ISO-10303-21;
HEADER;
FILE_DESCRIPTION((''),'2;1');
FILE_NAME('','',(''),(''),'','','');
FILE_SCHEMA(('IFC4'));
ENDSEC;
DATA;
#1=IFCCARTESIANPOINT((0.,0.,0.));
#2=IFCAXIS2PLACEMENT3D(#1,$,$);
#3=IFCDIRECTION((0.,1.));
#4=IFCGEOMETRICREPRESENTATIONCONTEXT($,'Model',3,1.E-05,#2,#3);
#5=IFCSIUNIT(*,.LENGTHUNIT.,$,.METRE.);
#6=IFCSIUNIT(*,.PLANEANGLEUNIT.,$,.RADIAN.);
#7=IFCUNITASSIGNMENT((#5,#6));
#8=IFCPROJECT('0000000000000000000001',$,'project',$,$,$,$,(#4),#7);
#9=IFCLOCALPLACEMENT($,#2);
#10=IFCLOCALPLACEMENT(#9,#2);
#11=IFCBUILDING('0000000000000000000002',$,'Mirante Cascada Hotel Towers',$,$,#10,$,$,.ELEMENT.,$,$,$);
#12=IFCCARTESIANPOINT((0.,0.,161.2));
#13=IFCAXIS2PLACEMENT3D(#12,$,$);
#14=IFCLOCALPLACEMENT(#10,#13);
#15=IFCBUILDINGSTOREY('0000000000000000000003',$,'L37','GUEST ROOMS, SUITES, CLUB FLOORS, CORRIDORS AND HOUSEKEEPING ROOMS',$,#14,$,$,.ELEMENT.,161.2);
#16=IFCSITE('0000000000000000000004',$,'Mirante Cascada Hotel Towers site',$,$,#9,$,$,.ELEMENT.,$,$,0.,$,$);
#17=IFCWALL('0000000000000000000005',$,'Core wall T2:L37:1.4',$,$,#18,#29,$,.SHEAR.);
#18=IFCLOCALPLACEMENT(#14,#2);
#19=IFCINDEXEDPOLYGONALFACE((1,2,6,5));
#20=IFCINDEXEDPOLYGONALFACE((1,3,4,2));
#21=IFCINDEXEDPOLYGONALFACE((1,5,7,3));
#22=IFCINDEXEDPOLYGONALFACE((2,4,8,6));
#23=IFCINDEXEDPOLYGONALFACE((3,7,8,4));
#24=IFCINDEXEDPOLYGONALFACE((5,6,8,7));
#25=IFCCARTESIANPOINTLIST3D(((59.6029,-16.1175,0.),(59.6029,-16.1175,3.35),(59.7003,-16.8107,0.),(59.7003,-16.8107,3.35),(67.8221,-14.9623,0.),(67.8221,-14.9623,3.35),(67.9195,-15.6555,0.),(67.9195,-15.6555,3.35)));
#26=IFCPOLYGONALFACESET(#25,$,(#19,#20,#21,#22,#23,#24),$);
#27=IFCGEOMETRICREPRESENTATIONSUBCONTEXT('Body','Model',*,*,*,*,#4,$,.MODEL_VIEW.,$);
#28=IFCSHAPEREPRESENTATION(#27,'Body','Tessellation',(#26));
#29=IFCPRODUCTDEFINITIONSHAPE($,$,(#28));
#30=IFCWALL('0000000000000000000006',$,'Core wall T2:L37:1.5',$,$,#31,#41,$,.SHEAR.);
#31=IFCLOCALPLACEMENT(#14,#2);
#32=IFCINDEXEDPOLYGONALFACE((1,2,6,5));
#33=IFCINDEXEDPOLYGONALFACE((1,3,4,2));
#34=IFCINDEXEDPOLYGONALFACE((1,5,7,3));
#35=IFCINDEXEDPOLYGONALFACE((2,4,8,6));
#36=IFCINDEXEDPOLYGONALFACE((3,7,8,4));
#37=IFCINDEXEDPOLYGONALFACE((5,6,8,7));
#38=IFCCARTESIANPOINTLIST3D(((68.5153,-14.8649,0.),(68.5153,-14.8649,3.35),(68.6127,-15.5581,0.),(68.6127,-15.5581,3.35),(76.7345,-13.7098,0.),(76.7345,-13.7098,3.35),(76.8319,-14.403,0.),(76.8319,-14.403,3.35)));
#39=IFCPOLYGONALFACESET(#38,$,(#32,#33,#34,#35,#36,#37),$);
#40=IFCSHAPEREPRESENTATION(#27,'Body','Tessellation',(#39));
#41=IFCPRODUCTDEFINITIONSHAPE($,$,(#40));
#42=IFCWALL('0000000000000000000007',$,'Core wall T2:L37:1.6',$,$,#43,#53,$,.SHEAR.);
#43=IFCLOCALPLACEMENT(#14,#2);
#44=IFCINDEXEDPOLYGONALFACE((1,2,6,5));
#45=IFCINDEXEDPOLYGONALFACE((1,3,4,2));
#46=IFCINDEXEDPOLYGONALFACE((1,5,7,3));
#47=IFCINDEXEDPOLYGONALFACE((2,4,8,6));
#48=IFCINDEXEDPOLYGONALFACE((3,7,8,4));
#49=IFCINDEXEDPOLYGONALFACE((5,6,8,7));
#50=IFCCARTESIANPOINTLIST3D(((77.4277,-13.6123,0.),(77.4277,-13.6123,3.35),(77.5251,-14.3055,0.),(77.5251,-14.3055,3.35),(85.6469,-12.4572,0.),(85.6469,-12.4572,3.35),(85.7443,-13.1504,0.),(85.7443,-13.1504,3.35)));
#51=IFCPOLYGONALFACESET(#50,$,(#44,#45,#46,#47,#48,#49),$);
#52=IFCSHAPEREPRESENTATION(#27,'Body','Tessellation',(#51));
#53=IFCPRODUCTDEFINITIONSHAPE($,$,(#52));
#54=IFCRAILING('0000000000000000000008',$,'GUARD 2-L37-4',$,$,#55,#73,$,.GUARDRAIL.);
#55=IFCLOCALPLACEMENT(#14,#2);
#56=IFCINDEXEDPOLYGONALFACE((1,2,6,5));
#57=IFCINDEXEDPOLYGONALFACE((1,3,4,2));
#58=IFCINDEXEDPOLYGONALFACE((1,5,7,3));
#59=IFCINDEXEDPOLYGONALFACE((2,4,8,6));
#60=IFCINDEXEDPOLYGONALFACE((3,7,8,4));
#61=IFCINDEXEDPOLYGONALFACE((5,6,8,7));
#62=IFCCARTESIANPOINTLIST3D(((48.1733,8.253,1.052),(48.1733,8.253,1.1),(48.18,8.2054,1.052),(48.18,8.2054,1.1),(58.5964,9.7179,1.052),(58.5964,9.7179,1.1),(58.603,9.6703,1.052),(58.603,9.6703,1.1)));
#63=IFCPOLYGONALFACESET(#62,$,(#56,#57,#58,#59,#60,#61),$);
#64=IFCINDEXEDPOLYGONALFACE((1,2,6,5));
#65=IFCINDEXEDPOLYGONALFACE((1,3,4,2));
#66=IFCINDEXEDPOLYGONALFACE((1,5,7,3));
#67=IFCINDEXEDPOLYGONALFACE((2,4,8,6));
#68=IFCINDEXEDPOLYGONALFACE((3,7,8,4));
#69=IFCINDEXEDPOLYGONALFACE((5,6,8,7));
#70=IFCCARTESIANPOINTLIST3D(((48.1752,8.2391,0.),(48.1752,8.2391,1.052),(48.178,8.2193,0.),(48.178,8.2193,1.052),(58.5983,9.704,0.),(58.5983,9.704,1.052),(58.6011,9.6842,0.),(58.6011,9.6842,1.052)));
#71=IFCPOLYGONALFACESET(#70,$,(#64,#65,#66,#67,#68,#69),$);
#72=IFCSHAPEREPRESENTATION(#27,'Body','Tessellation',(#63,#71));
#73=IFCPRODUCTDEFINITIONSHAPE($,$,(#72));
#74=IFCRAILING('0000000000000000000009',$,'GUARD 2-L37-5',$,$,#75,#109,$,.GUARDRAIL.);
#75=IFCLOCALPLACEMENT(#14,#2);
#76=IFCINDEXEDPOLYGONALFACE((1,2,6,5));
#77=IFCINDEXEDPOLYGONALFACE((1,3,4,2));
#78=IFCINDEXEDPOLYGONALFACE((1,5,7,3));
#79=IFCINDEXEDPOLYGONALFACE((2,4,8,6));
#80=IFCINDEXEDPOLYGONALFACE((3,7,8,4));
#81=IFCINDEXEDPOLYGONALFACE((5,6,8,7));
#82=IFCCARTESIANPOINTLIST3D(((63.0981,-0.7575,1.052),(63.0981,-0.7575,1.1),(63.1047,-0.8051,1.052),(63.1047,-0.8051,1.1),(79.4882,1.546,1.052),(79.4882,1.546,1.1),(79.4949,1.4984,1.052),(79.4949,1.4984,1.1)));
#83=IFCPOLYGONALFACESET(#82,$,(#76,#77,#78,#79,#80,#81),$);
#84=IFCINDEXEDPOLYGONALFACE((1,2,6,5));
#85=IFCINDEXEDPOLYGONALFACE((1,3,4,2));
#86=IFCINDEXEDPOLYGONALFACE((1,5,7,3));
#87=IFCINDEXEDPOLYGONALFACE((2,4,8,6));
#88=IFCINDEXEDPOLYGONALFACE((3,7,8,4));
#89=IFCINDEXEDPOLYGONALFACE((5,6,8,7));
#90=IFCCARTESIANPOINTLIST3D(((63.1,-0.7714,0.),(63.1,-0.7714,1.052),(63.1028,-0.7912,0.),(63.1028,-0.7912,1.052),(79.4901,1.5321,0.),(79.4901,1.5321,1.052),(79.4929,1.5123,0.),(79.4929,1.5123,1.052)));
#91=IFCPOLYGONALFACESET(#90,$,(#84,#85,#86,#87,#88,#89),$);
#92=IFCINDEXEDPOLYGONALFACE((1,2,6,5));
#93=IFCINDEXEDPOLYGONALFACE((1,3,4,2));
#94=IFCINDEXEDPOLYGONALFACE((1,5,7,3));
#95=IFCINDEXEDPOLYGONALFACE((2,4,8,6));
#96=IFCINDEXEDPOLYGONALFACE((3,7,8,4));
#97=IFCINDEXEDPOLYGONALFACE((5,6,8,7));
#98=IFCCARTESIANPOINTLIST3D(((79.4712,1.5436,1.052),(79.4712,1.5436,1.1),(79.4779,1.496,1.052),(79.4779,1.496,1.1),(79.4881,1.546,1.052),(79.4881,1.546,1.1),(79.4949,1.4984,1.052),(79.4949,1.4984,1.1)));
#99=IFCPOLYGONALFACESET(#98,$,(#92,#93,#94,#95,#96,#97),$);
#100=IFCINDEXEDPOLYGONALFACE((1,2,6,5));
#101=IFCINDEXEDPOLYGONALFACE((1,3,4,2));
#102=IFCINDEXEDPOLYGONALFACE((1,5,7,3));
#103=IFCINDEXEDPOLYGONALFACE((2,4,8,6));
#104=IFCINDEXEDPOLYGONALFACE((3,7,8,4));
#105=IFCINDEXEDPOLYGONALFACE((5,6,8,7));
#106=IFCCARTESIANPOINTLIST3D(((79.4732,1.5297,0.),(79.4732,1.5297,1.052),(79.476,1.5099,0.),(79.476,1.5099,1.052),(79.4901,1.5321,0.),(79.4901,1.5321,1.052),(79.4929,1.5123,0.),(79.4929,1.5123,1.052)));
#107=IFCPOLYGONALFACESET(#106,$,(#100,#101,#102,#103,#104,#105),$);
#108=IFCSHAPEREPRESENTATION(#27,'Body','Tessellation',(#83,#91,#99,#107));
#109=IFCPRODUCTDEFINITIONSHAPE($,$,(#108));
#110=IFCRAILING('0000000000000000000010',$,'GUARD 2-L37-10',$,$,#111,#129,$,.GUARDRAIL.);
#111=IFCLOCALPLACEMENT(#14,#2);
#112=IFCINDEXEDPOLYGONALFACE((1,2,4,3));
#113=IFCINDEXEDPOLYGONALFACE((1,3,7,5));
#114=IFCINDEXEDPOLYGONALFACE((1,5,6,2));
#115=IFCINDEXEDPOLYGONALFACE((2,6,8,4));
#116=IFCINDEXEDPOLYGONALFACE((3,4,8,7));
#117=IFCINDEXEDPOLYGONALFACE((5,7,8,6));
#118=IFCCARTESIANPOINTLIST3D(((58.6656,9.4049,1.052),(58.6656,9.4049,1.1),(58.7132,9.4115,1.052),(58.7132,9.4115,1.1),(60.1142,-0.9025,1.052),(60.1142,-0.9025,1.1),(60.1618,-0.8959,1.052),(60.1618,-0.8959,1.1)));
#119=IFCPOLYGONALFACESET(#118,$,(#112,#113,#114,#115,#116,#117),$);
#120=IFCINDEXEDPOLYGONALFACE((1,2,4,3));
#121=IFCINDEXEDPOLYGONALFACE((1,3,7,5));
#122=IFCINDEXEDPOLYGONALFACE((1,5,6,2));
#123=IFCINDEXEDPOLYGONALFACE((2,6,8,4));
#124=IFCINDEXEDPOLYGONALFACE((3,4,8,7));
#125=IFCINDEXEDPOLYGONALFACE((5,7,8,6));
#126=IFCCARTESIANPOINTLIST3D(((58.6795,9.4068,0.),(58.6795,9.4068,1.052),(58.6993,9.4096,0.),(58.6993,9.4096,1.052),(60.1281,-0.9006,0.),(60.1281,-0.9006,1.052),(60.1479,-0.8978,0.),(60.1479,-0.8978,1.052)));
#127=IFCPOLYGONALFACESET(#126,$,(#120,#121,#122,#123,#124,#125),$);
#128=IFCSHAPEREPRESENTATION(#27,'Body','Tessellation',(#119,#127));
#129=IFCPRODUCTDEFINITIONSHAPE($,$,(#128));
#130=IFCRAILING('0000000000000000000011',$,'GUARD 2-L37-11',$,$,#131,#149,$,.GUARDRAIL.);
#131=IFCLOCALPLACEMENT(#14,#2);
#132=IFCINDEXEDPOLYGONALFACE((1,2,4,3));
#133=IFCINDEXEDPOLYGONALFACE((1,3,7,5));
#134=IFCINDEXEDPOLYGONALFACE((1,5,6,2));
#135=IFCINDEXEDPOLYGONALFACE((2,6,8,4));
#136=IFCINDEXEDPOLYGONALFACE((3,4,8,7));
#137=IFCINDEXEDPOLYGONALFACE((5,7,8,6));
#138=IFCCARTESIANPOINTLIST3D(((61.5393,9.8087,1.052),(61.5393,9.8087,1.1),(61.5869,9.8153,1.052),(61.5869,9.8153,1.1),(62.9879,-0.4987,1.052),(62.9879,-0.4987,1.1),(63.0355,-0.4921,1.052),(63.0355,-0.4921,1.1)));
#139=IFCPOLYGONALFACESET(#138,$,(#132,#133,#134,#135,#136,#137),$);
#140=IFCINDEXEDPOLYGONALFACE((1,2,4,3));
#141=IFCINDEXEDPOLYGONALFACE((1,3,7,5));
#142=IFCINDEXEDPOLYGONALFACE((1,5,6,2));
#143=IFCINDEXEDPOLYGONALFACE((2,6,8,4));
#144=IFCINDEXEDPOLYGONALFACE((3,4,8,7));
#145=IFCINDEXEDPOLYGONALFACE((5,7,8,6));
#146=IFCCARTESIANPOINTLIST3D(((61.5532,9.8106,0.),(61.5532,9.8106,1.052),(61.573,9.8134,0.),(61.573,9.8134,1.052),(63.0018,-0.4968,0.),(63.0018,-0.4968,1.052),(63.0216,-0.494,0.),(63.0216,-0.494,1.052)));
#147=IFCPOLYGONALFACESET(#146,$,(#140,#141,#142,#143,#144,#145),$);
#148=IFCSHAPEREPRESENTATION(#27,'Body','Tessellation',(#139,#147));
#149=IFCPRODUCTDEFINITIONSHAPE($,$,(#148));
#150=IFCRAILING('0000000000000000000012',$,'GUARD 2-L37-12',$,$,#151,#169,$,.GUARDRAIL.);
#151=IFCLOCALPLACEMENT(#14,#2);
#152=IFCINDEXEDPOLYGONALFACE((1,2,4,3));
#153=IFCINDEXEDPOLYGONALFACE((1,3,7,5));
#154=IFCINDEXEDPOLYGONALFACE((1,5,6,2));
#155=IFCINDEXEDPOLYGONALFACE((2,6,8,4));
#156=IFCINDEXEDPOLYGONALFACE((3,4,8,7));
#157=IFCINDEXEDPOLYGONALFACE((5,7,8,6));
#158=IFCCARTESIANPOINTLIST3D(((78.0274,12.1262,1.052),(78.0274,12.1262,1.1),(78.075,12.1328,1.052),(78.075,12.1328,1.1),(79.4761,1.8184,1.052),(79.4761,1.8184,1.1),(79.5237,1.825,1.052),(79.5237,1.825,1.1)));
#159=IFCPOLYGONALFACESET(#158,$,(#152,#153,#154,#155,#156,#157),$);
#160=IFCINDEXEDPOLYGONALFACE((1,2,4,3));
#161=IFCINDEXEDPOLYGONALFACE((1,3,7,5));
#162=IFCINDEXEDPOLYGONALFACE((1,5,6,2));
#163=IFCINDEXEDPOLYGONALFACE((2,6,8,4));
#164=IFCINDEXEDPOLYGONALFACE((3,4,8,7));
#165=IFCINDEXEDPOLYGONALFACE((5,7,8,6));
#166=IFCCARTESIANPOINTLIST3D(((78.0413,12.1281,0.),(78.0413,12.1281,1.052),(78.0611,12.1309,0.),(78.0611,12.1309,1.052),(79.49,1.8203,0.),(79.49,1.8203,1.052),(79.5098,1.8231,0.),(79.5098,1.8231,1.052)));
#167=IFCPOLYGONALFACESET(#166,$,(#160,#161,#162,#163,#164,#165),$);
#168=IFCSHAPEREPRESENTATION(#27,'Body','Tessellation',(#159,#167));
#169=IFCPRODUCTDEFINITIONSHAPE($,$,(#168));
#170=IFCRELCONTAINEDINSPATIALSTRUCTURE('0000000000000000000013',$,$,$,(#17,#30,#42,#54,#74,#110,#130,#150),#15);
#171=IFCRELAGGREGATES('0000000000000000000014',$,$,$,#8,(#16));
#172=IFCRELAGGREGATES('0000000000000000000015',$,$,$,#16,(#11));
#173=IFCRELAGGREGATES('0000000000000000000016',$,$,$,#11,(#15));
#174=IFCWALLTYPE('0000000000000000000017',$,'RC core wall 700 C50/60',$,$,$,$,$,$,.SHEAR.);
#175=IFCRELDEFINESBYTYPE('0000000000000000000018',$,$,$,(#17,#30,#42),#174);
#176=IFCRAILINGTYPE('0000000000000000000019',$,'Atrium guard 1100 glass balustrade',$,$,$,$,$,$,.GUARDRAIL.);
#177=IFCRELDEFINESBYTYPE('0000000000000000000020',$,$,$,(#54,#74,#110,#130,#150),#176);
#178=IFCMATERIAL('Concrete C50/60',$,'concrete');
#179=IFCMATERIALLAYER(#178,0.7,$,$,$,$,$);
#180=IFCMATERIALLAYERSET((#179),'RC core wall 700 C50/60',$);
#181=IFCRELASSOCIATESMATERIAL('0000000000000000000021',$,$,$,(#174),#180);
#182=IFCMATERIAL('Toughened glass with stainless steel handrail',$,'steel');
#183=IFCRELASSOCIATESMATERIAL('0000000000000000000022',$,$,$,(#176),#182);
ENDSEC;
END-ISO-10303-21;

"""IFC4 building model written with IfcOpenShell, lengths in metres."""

from ifc_helpers import new_model, si_unit, direction, frame, frame_2d, origin, origin_2d, place, context, subcontext, project, spatial, rectangle, extrude, material, layer, layer_set, type_object, element, save


model = new_model("IFC4")

# Units and contexts
model_context = context("Model", 3, precision=1e-05, world=origin(), true_north=direction((0.0, 1.0)))
body_context = subcontext(model_context, "Body", "Model", "MODEL_VIEW")
ifc_project = project(units=[si_unit("LENGTHUNIT", "METRE"), si_unit("PLANEANGLEUNIT", "RADIAN")], contexts=[model_context])

# Site, building, storey
site_placement = place(None, origin())
site = spatial("IfcSite", under=ifc_project, at=site_placement, Name="Mirante Cascada Hotel Towers site", CompositionType="ELEMENT", RefElevation=0.0)
building_placement = place(site_placement, origin())
building = spatial("IfcBuilding", under=site, at=building_placement, Name="Mirante Cascada Hotel Towers", CompositionType="ELEMENT")
storey_placement = place(building_placement, frame((0.0, 0.0, 161.2)))
storey = spatial("IfcBuildingStorey", under=building, at=storey_placement, Name="L37", Description="GUEST ROOMS, SUITES, CLUB FLOORS, CORRIDORS AND HOUSEKEEPING ROOMS", CompositionType="ELEMENT", Elevation=161.2)

# Walls
ifc_material_1 = material(Name="Concrete C50/60", Category="concrete")
ifc_layer_1 = layer(ifc_material_1, 0.7)
ifc_layer_set_1 = layer_set([ifc_layer_1], Name="RC core wall 700 C50/60")
wall_type_1 = type_object("IfcWallType", Name="RC core wall 700 C50/60", PredefinedType="SHEAR", material=ifc_layer_set_1)
for number, where, z_axis, x_axis, name in (
    (1, (59.6516, -16.4641, 0.0), (0.0, 0.0, 1.0), (0.990267, 0.139181, 0.0), "Core wall T2:L37:1.4"),
    (2, (68.564, -15.2115, 0.0), (0.0, 0.0, 1.0), (0.990269, 0.139169, 0.0), "Core wall T2:L37:1.5"),
    (3, (77.4764, -13.9589, 0.0), (0.0, 0.0, 1.0), (0.990269, 0.139169, 0.0), "Core wall T2:L37:1.6"),
):
    element("IfcWall", number, at=place(storey_placement, frame(where, z_axis=z_axis, x_axis=x_axis)), inside=storey, type_object=wall_type_1, Name=name, PredefinedType="SHEAR", context=body_context, shape_type="SweptSolid", body=[
        extrude(rectangle(XDim=8.3, YDim=0.7, at=frame_2d((4.15, 0.0))), origin(), (0.0, 0.0, 1.0), 3.35),
    ])

# Railings
ifc_material_2 = material(Name="Toughened glass with stainless steel handrail", Category="steel")
railing_type = type_object("IfcRailingType", Name="Atrium guard 1100 glass balustrade", PredefinedType="GUARDRAIL", material=ifc_material_2)
railing_1_placement = place(storey_placement, frame((58.5997, 9.6941, 0.0)))
element("IfcRailing", 4, at=railing_1_placement, inside=storey, type_object=railing_type, Name="GUARD 2-L37-4", PredefinedType="GUARDRAIL", context=body_context, shape_type="SweptSolid", body=[
    extrude(rectangle(XDim=0.048, YDim=0.048, at=origin_2d()), frame((0.0, 0.0, 1.076), z_axis=(-0.990268, -0.139176, 0.0), x_axis=(0.139176, -0.990268, 0.0)), (0.0, 0.0, 1.0), 10.5255),
    extrude(rectangle(XDim=0.02, YDim=1.052, at=origin_2d()), frame((0.0, 0.0, 0.526), z_axis=(-0.990268, -0.139176, 0.0), x_axis=(0.139176, -0.990268, 0.0)), (0.0, 0.0, 1.0), 10.5255),
])
railing_2_placement = place(storey_placement, frame((63.1014, -0.7813, 0.0)))
element("IfcRailing", 5, at=railing_2_placement, inside=storey, type_object=railing_type, Name="GUARD 2-L37-5", PredefinedType="GUARDRAIL", context=body_context, shape_type="SweptSolid", body=[
    extrude(rectangle(XDim=0.048, YDim=0.048, at=origin_2d()), frame((0.0, 0.0, 1.076), z_axis=(0.990268, 0.139174, 0.0), x_axis=(-0.139174, 0.990268, 0.0)), (0.0, 0.0, 1.0), 16.5512),
    extrude(rectangle(XDim=0.02, YDim=1.052, at=origin_2d()), frame((0.0, 0.0, 0.526), z_axis=(0.990268, 0.139174, 0.0), x_axis=(-0.139174, 0.990268, 0.0)), (0.0, 0.0, 1.0), 16.5512),
    extrude(rectangle(XDim=0.048, YDim=0.048, at=origin_2d()), frame((16.3901, 2.3035, 1.076), z_axis=(-0.990066, -0.140601, 0.0), x_axis=(0.140601, -0.990066, 0.0)), (0.0, 0.0, 1.0), 0.0171),
    extrude(rectangle(XDim=0.02, YDim=1.052, at=origin_2d()), frame((16.3901, 2.3035, 0.526), z_axis=(-0.990066, -0.140601, 0.0), x_axis=(0.140601, -0.990066, 0.0)), (0.0, 0.0, 1.0), 0.0171),
])
railing_3_placement = place(storey_placement, frame((60.138, -0.8992, 0.0)))
element("IfcRailing", 6, at=railing_3_placement, inside=storey, type_object=railing_type, Name="GUARD 2-L37-10", PredefinedType="GUARDRAIL", context=body_context, shape_type="SweptSolid", body=[
    extrude(rectangle(XDim=0.048, YDim=0.048, at=origin_2d()), frame((0.0, 0.0, 1.076), z_axis=(-0.139172, 0.990268, 0.0), x_axis=(-0.990268, -0.139172, 0.0)), (0.0, 0.0, 1.0), 10.4087),
    extrude(rectangle(XDim=0.02, YDim=1.052, at=origin_2d()), frame((0.0, 0.0, 0.526), z_axis=(-0.139172, 0.990268, 0.0), x_axis=(-0.990268, -0.139172, 0.0)), (0.0, 0.0, 1.0), 10.4087),
])
railing_4_placement = place(storey_placement, frame((61.5631, 9.812, 0.0)))
element("IfcRailing", 7, at=railing_4_placement, inside=storey, type_object=railing_type, Name="GUARD 2-L37-11", PredefinedType="GUARDRAIL", context=body_context, shape_type="SweptSolid", body=[
    extrude(rectangle(XDim=0.048, YDim=0.048, at=origin_2d()), frame((0.0, 0.0, 1.076), z_axis=(0.139172, -0.990268, 0.0), x_axis=(0.990268, 0.139172, 0.0)), (0.0, 0.0, 1.0), 10.4087),
    extrude(rectangle(XDim=0.02, YDim=1.052, at=origin_2d()), frame((0.0, 0.0, 0.526), z_axis=(0.139172, -0.990268, 0.0), x_axis=(0.990268, 0.139172, 0.0)), (0.0, 0.0, 1.0), 10.4087),
])
railing_5_placement = place(storey_placement, frame((79.4999, 1.8217, 0.0)))
element("IfcRailing", 8, at=railing_5_placement, inside=storey, type_object=railing_type, Name="GUARD 2-L37-12", PredefinedType="GUARDRAIL", context=body_context, shape_type="SweptSolid", body=[
    extrude(rectangle(XDim=0.048, YDim=0.048, at=origin_2d()), frame((0.0, 0.0, 1.076), z_axis=(-0.139176, 0.990268, 0.0), x_axis=(-0.990268, -0.139176, 0.0)), (0.0, 0.0, 1.0), 10.4091),
    extrude(rectangle(XDim=0.02, YDim=1.052, at=origin_2d()), frame((0.0, 0.0, 0.526), z_axis=(-0.139176, 0.990268, 0.0), x_axis=(-0.990268, -0.139176, 0.0)), (0.0, 0.0, 1.0), 10.4091),
])

save(model, "model.ifc")
